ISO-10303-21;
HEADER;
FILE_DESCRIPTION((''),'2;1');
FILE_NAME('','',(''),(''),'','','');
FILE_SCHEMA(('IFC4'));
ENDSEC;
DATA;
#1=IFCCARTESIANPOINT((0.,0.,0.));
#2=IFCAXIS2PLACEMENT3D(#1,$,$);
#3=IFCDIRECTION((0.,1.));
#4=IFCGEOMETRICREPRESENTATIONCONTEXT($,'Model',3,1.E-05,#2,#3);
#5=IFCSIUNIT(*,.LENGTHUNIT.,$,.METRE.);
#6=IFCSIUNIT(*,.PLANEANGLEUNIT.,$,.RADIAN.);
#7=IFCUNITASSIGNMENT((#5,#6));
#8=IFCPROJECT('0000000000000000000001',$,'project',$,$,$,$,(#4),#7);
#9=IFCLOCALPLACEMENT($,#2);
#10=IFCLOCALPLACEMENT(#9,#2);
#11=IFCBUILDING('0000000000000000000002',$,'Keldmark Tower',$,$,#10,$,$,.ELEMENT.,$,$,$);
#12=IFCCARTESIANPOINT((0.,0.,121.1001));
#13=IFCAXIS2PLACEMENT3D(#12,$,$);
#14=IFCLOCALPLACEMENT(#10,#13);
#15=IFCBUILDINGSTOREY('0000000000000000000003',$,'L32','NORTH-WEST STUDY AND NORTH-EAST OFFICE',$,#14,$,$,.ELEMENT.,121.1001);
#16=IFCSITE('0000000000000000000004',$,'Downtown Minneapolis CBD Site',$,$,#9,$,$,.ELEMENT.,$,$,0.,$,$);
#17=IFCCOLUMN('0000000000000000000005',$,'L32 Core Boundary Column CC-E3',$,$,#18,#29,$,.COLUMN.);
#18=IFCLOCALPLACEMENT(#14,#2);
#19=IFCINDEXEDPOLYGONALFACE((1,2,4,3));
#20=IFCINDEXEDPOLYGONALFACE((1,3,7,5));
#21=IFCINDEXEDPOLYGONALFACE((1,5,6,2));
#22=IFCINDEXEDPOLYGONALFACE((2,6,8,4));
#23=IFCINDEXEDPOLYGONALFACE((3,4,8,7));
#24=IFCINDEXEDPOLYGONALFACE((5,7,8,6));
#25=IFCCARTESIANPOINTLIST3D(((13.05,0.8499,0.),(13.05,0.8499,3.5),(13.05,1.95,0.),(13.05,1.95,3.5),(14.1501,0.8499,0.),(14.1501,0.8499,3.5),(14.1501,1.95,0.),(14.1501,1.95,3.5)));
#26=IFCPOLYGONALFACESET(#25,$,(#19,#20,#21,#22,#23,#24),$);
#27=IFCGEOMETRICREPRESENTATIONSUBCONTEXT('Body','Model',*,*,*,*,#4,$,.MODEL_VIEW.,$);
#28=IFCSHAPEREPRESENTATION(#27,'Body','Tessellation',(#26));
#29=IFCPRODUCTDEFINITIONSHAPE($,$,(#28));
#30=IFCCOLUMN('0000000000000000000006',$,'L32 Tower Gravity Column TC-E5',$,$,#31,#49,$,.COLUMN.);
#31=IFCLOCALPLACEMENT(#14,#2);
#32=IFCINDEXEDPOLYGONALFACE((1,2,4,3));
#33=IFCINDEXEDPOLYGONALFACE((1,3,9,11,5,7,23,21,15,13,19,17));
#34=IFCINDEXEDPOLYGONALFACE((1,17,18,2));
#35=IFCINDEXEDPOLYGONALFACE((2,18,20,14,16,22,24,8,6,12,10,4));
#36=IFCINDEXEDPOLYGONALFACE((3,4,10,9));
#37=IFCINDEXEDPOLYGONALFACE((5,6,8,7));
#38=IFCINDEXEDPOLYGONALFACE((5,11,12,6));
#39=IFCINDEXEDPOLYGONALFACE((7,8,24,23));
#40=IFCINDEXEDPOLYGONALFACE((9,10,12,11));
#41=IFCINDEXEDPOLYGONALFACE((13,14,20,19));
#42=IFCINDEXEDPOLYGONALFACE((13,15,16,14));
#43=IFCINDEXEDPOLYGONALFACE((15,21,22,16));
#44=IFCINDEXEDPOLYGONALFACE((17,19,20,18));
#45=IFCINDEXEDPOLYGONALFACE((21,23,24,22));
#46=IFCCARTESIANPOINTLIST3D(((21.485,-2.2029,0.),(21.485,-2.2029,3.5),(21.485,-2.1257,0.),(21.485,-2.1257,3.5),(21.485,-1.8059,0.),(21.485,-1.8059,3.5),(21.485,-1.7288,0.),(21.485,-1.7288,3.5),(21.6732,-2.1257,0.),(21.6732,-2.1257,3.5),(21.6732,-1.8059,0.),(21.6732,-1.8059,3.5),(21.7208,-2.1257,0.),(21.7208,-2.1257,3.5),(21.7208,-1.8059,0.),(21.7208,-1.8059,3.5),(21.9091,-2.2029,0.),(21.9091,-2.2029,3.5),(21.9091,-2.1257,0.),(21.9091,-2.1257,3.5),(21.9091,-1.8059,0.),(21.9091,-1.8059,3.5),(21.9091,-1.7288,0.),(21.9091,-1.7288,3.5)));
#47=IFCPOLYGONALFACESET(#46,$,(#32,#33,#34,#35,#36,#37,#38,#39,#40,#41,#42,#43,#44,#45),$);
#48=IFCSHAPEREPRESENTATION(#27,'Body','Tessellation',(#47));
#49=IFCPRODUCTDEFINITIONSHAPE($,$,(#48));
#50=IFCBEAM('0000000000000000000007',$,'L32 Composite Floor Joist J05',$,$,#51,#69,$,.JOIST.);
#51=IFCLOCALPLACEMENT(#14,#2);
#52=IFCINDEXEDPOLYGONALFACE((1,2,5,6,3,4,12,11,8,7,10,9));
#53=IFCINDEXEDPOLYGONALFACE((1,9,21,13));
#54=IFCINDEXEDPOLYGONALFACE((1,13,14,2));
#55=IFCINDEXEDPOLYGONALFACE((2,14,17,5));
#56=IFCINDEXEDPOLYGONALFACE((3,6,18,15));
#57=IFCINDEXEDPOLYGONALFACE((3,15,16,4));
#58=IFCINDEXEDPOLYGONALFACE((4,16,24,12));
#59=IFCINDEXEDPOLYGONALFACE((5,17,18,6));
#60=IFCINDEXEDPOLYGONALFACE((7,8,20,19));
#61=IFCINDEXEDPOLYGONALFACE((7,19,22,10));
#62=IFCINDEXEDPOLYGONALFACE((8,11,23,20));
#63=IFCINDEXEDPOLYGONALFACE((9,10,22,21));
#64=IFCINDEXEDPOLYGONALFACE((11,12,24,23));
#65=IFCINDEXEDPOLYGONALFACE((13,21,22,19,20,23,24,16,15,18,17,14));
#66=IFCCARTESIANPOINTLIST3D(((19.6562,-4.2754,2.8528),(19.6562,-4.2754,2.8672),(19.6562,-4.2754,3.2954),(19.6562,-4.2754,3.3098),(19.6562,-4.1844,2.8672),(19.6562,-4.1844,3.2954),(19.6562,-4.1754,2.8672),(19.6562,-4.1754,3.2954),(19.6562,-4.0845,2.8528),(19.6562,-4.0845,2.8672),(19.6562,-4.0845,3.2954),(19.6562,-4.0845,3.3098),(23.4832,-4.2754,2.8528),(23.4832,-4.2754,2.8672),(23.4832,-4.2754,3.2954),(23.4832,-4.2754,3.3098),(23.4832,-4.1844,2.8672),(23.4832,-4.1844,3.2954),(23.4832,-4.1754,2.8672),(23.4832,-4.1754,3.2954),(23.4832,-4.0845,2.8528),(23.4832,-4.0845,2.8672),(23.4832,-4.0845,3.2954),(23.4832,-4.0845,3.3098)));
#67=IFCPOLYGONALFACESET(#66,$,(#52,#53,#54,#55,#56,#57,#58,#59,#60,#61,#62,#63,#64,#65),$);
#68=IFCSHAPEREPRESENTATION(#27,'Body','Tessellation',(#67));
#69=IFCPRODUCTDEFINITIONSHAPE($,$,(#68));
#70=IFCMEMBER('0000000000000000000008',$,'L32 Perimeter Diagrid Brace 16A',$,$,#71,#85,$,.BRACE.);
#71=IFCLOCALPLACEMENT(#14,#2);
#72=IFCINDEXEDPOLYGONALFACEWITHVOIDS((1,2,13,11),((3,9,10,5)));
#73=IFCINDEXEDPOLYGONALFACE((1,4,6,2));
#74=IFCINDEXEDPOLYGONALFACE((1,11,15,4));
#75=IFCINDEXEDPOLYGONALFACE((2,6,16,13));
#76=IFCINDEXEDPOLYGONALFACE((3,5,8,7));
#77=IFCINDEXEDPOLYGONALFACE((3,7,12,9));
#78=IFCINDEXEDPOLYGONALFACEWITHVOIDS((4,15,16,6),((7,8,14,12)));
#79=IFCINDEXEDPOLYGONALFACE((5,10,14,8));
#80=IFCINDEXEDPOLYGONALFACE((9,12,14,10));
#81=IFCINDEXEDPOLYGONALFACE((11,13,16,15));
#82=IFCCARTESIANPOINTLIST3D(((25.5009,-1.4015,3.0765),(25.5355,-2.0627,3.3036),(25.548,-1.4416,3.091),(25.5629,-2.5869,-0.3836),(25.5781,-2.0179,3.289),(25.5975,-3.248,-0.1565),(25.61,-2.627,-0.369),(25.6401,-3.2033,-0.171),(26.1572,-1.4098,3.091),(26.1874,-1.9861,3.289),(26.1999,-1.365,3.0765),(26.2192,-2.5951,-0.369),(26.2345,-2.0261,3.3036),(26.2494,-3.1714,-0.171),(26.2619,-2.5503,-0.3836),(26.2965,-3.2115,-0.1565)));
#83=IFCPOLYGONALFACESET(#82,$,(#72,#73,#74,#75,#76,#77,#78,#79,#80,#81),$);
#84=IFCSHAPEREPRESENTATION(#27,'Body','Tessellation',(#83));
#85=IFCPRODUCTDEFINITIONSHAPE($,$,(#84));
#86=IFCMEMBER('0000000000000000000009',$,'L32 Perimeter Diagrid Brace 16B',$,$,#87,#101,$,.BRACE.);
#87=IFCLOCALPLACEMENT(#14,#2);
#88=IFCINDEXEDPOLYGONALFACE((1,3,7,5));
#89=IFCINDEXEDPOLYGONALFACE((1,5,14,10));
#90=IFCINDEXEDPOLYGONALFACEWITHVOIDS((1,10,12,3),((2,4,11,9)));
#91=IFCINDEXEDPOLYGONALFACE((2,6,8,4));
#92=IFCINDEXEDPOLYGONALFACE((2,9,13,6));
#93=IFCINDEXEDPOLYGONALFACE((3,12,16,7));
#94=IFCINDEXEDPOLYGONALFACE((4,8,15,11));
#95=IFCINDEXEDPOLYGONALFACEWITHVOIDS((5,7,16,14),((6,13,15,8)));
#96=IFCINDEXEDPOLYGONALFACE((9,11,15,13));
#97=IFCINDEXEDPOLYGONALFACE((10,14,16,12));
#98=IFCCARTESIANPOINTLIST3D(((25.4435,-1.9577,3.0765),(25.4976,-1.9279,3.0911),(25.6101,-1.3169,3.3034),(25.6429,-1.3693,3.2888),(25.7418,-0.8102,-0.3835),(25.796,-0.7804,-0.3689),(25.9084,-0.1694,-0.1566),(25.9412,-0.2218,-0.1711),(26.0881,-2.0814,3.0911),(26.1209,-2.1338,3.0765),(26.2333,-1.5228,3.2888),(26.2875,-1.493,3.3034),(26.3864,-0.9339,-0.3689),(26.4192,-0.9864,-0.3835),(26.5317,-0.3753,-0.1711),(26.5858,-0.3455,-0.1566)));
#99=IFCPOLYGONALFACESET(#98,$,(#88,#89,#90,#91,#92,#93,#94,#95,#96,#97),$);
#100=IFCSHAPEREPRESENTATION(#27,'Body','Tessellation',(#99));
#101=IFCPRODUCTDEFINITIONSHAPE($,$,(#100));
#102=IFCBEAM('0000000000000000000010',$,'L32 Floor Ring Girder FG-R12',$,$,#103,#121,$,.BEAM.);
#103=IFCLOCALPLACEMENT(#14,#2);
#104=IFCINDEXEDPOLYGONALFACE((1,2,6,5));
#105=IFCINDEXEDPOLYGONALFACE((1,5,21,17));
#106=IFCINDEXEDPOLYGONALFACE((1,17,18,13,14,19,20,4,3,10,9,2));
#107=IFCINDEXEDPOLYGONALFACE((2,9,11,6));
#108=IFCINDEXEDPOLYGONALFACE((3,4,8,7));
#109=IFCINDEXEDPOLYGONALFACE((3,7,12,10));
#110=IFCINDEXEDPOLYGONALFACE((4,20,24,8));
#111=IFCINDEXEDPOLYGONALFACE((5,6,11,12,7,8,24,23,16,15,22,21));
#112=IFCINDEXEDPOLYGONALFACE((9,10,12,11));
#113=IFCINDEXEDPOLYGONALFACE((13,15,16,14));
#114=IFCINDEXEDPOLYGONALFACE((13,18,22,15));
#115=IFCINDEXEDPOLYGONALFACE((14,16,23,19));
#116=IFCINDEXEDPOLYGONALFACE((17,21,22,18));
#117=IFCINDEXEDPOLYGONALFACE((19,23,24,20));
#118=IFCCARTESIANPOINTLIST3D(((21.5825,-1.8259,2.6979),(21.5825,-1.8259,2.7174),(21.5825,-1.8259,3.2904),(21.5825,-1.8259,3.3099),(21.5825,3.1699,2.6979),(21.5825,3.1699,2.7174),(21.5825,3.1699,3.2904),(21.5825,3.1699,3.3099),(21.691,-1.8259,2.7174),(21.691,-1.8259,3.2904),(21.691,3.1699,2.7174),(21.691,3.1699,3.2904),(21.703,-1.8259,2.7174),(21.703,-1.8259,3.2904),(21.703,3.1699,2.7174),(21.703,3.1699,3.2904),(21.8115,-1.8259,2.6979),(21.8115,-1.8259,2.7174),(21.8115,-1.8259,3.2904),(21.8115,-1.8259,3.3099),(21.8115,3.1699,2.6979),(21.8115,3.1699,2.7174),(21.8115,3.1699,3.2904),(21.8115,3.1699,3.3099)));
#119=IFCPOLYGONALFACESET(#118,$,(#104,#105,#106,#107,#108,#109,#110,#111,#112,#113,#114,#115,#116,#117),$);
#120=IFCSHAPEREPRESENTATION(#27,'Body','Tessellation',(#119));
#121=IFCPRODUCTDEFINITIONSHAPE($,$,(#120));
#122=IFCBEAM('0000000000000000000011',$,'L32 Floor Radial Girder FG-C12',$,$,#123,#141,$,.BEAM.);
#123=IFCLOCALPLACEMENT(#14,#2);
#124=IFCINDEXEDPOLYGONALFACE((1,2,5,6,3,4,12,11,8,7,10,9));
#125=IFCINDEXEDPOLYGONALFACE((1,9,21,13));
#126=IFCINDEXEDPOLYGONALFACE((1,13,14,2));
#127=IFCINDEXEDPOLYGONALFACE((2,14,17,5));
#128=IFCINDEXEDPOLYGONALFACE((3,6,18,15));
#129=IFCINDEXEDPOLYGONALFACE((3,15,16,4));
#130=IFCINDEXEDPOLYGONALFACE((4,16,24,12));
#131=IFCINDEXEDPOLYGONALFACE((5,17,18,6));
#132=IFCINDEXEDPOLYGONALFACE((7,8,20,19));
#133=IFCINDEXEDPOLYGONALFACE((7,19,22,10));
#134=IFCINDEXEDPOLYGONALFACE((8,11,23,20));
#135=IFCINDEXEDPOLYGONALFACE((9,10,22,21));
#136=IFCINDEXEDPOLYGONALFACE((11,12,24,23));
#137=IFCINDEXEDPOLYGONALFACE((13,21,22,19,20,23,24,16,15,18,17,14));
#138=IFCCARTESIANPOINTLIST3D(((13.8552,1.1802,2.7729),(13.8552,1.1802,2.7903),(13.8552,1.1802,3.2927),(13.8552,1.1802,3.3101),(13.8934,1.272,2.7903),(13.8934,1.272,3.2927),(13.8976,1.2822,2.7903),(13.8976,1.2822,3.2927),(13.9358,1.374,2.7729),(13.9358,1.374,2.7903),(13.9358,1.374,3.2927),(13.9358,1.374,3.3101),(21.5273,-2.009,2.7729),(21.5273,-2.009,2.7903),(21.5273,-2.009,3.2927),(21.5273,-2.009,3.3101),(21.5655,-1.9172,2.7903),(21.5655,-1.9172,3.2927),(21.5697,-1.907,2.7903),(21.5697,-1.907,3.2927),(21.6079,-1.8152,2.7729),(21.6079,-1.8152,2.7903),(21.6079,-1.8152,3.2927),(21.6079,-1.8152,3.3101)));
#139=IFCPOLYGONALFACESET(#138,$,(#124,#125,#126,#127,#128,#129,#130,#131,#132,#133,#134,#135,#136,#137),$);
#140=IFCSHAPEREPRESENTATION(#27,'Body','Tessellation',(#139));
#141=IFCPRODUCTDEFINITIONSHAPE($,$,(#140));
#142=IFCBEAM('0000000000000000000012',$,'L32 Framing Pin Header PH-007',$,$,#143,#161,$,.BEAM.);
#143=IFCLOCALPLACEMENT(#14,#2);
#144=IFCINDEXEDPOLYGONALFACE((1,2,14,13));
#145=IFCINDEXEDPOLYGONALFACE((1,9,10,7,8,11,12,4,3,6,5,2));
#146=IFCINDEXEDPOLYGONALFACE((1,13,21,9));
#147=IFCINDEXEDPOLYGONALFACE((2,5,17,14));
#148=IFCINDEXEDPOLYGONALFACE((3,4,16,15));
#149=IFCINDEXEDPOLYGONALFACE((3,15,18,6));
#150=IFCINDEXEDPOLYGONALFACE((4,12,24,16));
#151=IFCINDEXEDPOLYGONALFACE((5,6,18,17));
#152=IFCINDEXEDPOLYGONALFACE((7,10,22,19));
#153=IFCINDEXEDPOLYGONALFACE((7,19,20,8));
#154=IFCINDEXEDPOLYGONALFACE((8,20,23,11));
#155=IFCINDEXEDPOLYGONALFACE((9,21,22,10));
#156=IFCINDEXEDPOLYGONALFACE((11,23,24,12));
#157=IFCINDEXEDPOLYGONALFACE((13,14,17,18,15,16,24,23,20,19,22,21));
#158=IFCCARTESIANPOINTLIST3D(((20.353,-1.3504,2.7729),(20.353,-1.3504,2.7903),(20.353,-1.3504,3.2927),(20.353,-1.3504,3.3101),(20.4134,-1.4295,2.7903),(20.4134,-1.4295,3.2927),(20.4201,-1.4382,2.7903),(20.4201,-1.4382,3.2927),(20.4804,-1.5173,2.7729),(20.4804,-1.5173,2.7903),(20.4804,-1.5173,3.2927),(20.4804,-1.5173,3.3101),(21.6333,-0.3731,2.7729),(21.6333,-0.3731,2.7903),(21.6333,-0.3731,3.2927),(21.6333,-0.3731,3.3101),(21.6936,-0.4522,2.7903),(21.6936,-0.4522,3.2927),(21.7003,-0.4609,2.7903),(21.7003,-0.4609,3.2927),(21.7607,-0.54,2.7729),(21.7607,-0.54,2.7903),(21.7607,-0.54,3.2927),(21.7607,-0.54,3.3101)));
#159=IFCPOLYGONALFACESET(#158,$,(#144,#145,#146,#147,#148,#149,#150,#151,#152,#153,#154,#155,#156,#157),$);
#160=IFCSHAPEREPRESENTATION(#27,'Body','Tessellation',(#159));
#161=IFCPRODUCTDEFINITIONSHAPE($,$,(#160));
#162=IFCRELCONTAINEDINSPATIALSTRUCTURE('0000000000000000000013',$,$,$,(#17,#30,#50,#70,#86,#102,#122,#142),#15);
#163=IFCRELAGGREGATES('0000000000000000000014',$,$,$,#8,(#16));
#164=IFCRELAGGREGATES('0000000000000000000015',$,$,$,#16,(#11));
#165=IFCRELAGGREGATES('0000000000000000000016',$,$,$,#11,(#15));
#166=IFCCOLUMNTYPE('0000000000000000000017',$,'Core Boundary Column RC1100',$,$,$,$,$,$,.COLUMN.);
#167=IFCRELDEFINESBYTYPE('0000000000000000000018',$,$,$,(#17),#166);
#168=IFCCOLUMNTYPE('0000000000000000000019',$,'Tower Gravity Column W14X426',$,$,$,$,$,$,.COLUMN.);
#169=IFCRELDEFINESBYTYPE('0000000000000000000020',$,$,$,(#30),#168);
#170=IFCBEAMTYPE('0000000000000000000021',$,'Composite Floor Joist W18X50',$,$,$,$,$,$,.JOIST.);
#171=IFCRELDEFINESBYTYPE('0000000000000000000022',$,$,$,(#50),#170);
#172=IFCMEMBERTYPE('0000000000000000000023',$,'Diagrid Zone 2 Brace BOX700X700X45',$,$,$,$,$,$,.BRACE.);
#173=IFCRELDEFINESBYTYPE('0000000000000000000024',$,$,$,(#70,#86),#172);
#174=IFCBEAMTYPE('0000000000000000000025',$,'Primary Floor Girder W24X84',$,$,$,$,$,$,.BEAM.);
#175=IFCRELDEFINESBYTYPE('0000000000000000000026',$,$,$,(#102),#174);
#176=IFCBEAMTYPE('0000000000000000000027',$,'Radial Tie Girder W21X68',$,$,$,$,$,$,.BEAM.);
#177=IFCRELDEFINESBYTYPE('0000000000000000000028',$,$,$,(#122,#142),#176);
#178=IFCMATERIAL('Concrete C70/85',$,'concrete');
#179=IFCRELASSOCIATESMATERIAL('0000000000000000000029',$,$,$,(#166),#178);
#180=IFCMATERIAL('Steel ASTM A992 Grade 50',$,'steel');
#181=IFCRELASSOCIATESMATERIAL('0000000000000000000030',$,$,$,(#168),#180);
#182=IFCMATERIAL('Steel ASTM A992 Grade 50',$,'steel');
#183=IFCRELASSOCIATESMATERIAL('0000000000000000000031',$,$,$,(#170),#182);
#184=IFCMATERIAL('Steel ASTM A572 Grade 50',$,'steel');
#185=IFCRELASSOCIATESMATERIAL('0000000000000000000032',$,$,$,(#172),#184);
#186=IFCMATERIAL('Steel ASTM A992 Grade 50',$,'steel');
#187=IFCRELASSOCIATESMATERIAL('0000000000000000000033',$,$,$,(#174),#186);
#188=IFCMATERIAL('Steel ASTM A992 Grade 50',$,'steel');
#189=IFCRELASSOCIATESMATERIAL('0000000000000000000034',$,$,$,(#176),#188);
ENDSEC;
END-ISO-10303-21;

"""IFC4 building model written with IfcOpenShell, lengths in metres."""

from ifc_helpers import new_model, si_unit, direction, frame, origin, origin_2d, place, context, subcontext, project, spatial, rectangle, hollow_rectangle, i_section, extrude, material, material_profile, profile_set, type_object, element, save


model = new_model("IFC4")

# Units and contexts
model_context = context("Model", 3, precision=1e-05, world=origin(), true_north=direction((0.0, 1.0)))
body_context = subcontext(model_context, "Body", "Model", "MODEL_VIEW")
ifc_project = project(units=[si_unit("LENGTHUNIT", "METRE"), si_unit("PLANEANGLEUNIT", "RADIAN")], contexts=[model_context])

# Site, building, storey
site_placement = place(None, origin())
site = spatial("IfcSite", under=ifc_project, at=site_placement, Name="Downtown Minneapolis CBD Site", CompositionType="ELEMENT", RefElevation=0.0)
building_placement = place(site_placement, origin())
building = spatial("IfcBuilding", under=site, at=building_placement, Name="Keldmark Tower", CompositionType="ELEMENT")
storey_placement = place(building_placement, frame((0.0, 0.0, 121.1001)))
storey = spatial("IfcBuildingStorey", under=building, at=storey_placement, Name="L32", Description="NORTH-WEST STUDY AND NORTH-EAST OFFICE", CompositionType="ELEMENT", Elevation=121.1001)

# Columns
ifc_material_1 = material(Name="Concrete C70/85", Category="concrete")
ifc_material_profile_1 = material_profile(ifc_material_1, rectangle(XDim=1.1001, YDim=1.1001, at=origin_2d()), Name="RC1100X1100")
ifc_profile_set_1 = profile_set([ifc_material_profile_1], Name="Concrete C70/85")
column_type_1 = type_object("IfcColumnType", Name="Core Boundary Column RC1100", PredefinedType="COLUMN", material=ifc_profile_set_1)
column_1_placement = place(storey_placement, frame((13.6001, 1.3999, 0.0), z_axis=(0.0, 0.0, 1.0), x_axis=(1.0, 0.0, 0.0)))
element("IfcColumn", 1, at=column_1_placement, inside=storey, type_object=column_type_1, Name="L32 Core Boundary Column CC-E3", PredefinedType="COLUMN", context=body_context, shape_type="SweptSolid", body=[
    extrude(rectangle(XDim=1.1001, YDim=1.1001, at=origin_2d()), origin(), (0.0, 0.0, 1.0), 3.5),
])
ifc_material_2 = material(Name="Steel ASTM A992 Grade 50", Category="steel")
ifc_material_profile_2 = material_profile(ifc_material_2, i_section(OverallWidth=0.4241, OverallDepth=0.4741, WebThickness=0.0476, FlangeThickness=0.0771, at=origin_2d()), Name="W14X426")
ifc_profile_set_2 = profile_set([ifc_material_profile_2], Name="Steel ASTM A992 Grade 50")
column_type_2 = type_object("IfcColumnType", Name="Tower Gravity Column W14X426", PredefinedType="COLUMN", material=ifc_profile_set_2)
column_2_placement = place(storey_placement, frame((21.697, -1.9658, 0.0), z_axis=(0.0, 0.0, 1.0), x_axis=(1.0, 0.0, 0.0)))
element("IfcColumn", 2, at=column_2_placement, inside=storey, type_object=column_type_2, Name="L32 Tower Gravity Column TC-E5", PredefinedType="COLUMN", context=body_context, shape_type="SweptSolid", body=[
    extrude(i_section(OverallWidth=0.4241, OverallDepth=0.4741, WebThickness=0.0476, FlangeThickness=0.0771, at=origin_2d()), origin(), (0.0, 0.0, 1.0), 3.5),
])

# Beam
ifc_material_3 = material(Name="Steel ASTM A992 Grade 50", Category="steel")
ifc_material_profile_3 = material_profile(ifc_material_3, i_section(OverallWidth=0.1909, OverallDepth=0.457, WebThickness=0.009, FlangeThickness=0.0144, at=origin_2d()), Name="W18X50")
ifc_profile_set_3 = profile_set([ifc_material_profile_3], Name="Steel ASTM A992 Grade 50")
beam_type_1 = type_object("IfcBeamType", Name="Composite Floor Joist W18X50", PredefinedType="JOIST", material=ifc_profile_set_3)
beam_1_placement = place(storey_placement, frame((19.6562, -4.1799, 3.0813), z_axis=(1.0, 0.0, 0.0), x_axis=(0.0, 1.0, 0.0)))
element("IfcBeam", 3, at=beam_1_placement, inside=storey, type_object=beam_type_1, Name="L32 Composite Floor Joist J05", PredefinedType="JOIST", context=body_context, shape_type="SweptSolid", body=[
    extrude(i_section(OverallWidth=0.1909, OverallDepth=0.457, WebThickness=0.009, FlangeThickness=0.0144, at=origin_2d()), origin(), (0.0, 0.0, 1.0), 3.8269),
])

# Members
ifc_material_4 = material(Name="Steel ASTM A572 Grade 50", Category="steel")
ifc_material_profile_4 = material_profile(ifc_material_4, hollow_rectangle(XDim=0.7, YDim=0.7, WallThickness=0.0449, at=origin_2d()), Name="BOX700X700X45")
ifc_profile_set_4 = profile_set([ifc_material_profile_4], Name="Steel ASTM A572 Grade 50")
member_type = type_object("IfcMemberType", Name="Diagrid Zone 2 Brace BOX700X700X45", PredefinedType="BRACE", material=ifc_profile_set_4)
member_1_placement = place(storey_placement, frame((25.9297, -2.8992, -0.27), z_axis=(-0.016953, 0.324041, 0.945891), x_axis=(-0.998634, -0.052246, 0.0)))
element("IfcMember", 4, at=member_1_placement, inside=storey, type_object=member_type, Name="L32 Perimeter Diagrid Brace 16A", PredefinedType="BRACE", context=body_context, shape_type="SweptSolid", body=[
    extrude(hollow_rectangle(XDim=0.7, YDim=0.7, WallThickness=0.0449, at=origin_2d()), origin(), (0.0, 0.0, 1.0), 3.658),
])
member_2_placement = place(storey_placement, frame((26.1638, -0.5779, -0.27), z_axis=(-0.08157, -0.313732, 0.946001), x_axis=(0.967823, -0.251634, 0.0)))
element("IfcMember", 5, at=member_2_placement, inside=storey, type_object=member_type, Name="L32 Perimeter Diagrid Brace 16B", PredefinedType="BRACE", context=body_context, shape_type="SweptSolid", body=[
    extrude(hollow_rectangle(XDim=0.7, YDim=0.7, WallThickness=0.0449, at=origin_2d()), origin(), (0.0, 0.0, 1.0), 3.6575),
])

# Beams
ifc_material_5 = material(Name="Steel ASTM A992 Grade 50", Category="steel")
ifc_material_profile_5 = material_profile(ifc_material_5, i_section(OverallWidth=0.229, OverallDepth=0.6121, WebThickness=0.012, FlangeThickness=0.0195, at=origin_2d()), Name="W24X84")
ifc_profile_set_5 = profile_set([ifc_material_profile_5], Name="Steel ASTM A992 Grade 50")
beam_type_2 = type_object("IfcBeamType", Name="Primary Floor Girder W24X84", PredefinedType="BEAM", material=ifc_profile_set_5)
beam_2_placement = place(storey_placement, frame((21.697, -1.8259, 3.0039), z_axis=(0.0, 1.0, 0.0), x_axis=(-1.0, 0.0, 0.0)))
element("IfcBeam", 6, at=beam_2_placement, inside=storey, type_object=beam_type_2, Name="L32 Floor Ring Girder FG-R12", PredefinedType="BEAM", context=body_context, shape_type="SweptSolid", body=[
    extrude(i_section(OverallWidth=0.229, OverallDepth=0.6121, WebThickness=0.012, FlangeThickness=0.0195, at=origin_2d()), origin(), (0.0, 0.0, 1.0), 4.9958),
])
ifc_material_6 = material(Name="Steel ASTM A992 Grade 50", Category="steel")
ifc_material_profile_6 = material_profile(ifc_material_6, i_section(OverallWidth=0.21, OverallDepth=0.5371, WebThickness=0.011, FlangeThickness=0.0173, at=origin_2d()), Name="W21X68")
ifc_profile_set_6 = profile_set([ifc_material_profile_6], Name="Steel ASTM A992 Grade 50")
beam_type_3 = type_object("IfcBeamType", Name="Radial Tie Girder W21X68", PredefinedType="BEAM", material=ifc_profile_set_6)
beam_3_placement = place(storey_placement, frame((21.5676, -1.9121, 3.0415), z_axis=(-0.923397, 0.383845, 0.0), x_axis=(-0.383845, -0.923397, 0.0)))
element("IfcBeam", 7, at=beam_3_placement, inside=storey, type_object=beam_type_3, Name="L32 Floor Radial Girder FG-C12", PredefinedType="BEAM", context=body_context, shape_type="SweptSolid", body=[
    extrude(i_section(OverallWidth=0.21, OverallDepth=0.5371, WebThickness=0.011, FlangeThickness=0.0173, at=origin_2d()), origin(), (0.0, 0.0, 1.0), 8.3086),
])
beam_4_placement = place(storey_placement, frame((20.4167, -1.4338, 3.0415), z_axis=(0.794878, 0.606769, 0.0), x_axis=(-0.606769, 0.794878, 0.0)))
element("IfcBeam", 8, at=beam_4_placement, inside=storey, type_object=beam_type_3, Name="L32 Framing Pin Header PH-007", PredefinedType="BEAM", context=body_context, shape_type="SweptSolid", body=[
    extrude(i_section(OverallWidth=0.21, OverallDepth=0.5371, WebThickness=0.011, FlangeThickness=0.0173, at=origin_2d()), origin(), (0.0, 0.0, 1.0), 1.6106),
])

save(model, "model.ifc")
